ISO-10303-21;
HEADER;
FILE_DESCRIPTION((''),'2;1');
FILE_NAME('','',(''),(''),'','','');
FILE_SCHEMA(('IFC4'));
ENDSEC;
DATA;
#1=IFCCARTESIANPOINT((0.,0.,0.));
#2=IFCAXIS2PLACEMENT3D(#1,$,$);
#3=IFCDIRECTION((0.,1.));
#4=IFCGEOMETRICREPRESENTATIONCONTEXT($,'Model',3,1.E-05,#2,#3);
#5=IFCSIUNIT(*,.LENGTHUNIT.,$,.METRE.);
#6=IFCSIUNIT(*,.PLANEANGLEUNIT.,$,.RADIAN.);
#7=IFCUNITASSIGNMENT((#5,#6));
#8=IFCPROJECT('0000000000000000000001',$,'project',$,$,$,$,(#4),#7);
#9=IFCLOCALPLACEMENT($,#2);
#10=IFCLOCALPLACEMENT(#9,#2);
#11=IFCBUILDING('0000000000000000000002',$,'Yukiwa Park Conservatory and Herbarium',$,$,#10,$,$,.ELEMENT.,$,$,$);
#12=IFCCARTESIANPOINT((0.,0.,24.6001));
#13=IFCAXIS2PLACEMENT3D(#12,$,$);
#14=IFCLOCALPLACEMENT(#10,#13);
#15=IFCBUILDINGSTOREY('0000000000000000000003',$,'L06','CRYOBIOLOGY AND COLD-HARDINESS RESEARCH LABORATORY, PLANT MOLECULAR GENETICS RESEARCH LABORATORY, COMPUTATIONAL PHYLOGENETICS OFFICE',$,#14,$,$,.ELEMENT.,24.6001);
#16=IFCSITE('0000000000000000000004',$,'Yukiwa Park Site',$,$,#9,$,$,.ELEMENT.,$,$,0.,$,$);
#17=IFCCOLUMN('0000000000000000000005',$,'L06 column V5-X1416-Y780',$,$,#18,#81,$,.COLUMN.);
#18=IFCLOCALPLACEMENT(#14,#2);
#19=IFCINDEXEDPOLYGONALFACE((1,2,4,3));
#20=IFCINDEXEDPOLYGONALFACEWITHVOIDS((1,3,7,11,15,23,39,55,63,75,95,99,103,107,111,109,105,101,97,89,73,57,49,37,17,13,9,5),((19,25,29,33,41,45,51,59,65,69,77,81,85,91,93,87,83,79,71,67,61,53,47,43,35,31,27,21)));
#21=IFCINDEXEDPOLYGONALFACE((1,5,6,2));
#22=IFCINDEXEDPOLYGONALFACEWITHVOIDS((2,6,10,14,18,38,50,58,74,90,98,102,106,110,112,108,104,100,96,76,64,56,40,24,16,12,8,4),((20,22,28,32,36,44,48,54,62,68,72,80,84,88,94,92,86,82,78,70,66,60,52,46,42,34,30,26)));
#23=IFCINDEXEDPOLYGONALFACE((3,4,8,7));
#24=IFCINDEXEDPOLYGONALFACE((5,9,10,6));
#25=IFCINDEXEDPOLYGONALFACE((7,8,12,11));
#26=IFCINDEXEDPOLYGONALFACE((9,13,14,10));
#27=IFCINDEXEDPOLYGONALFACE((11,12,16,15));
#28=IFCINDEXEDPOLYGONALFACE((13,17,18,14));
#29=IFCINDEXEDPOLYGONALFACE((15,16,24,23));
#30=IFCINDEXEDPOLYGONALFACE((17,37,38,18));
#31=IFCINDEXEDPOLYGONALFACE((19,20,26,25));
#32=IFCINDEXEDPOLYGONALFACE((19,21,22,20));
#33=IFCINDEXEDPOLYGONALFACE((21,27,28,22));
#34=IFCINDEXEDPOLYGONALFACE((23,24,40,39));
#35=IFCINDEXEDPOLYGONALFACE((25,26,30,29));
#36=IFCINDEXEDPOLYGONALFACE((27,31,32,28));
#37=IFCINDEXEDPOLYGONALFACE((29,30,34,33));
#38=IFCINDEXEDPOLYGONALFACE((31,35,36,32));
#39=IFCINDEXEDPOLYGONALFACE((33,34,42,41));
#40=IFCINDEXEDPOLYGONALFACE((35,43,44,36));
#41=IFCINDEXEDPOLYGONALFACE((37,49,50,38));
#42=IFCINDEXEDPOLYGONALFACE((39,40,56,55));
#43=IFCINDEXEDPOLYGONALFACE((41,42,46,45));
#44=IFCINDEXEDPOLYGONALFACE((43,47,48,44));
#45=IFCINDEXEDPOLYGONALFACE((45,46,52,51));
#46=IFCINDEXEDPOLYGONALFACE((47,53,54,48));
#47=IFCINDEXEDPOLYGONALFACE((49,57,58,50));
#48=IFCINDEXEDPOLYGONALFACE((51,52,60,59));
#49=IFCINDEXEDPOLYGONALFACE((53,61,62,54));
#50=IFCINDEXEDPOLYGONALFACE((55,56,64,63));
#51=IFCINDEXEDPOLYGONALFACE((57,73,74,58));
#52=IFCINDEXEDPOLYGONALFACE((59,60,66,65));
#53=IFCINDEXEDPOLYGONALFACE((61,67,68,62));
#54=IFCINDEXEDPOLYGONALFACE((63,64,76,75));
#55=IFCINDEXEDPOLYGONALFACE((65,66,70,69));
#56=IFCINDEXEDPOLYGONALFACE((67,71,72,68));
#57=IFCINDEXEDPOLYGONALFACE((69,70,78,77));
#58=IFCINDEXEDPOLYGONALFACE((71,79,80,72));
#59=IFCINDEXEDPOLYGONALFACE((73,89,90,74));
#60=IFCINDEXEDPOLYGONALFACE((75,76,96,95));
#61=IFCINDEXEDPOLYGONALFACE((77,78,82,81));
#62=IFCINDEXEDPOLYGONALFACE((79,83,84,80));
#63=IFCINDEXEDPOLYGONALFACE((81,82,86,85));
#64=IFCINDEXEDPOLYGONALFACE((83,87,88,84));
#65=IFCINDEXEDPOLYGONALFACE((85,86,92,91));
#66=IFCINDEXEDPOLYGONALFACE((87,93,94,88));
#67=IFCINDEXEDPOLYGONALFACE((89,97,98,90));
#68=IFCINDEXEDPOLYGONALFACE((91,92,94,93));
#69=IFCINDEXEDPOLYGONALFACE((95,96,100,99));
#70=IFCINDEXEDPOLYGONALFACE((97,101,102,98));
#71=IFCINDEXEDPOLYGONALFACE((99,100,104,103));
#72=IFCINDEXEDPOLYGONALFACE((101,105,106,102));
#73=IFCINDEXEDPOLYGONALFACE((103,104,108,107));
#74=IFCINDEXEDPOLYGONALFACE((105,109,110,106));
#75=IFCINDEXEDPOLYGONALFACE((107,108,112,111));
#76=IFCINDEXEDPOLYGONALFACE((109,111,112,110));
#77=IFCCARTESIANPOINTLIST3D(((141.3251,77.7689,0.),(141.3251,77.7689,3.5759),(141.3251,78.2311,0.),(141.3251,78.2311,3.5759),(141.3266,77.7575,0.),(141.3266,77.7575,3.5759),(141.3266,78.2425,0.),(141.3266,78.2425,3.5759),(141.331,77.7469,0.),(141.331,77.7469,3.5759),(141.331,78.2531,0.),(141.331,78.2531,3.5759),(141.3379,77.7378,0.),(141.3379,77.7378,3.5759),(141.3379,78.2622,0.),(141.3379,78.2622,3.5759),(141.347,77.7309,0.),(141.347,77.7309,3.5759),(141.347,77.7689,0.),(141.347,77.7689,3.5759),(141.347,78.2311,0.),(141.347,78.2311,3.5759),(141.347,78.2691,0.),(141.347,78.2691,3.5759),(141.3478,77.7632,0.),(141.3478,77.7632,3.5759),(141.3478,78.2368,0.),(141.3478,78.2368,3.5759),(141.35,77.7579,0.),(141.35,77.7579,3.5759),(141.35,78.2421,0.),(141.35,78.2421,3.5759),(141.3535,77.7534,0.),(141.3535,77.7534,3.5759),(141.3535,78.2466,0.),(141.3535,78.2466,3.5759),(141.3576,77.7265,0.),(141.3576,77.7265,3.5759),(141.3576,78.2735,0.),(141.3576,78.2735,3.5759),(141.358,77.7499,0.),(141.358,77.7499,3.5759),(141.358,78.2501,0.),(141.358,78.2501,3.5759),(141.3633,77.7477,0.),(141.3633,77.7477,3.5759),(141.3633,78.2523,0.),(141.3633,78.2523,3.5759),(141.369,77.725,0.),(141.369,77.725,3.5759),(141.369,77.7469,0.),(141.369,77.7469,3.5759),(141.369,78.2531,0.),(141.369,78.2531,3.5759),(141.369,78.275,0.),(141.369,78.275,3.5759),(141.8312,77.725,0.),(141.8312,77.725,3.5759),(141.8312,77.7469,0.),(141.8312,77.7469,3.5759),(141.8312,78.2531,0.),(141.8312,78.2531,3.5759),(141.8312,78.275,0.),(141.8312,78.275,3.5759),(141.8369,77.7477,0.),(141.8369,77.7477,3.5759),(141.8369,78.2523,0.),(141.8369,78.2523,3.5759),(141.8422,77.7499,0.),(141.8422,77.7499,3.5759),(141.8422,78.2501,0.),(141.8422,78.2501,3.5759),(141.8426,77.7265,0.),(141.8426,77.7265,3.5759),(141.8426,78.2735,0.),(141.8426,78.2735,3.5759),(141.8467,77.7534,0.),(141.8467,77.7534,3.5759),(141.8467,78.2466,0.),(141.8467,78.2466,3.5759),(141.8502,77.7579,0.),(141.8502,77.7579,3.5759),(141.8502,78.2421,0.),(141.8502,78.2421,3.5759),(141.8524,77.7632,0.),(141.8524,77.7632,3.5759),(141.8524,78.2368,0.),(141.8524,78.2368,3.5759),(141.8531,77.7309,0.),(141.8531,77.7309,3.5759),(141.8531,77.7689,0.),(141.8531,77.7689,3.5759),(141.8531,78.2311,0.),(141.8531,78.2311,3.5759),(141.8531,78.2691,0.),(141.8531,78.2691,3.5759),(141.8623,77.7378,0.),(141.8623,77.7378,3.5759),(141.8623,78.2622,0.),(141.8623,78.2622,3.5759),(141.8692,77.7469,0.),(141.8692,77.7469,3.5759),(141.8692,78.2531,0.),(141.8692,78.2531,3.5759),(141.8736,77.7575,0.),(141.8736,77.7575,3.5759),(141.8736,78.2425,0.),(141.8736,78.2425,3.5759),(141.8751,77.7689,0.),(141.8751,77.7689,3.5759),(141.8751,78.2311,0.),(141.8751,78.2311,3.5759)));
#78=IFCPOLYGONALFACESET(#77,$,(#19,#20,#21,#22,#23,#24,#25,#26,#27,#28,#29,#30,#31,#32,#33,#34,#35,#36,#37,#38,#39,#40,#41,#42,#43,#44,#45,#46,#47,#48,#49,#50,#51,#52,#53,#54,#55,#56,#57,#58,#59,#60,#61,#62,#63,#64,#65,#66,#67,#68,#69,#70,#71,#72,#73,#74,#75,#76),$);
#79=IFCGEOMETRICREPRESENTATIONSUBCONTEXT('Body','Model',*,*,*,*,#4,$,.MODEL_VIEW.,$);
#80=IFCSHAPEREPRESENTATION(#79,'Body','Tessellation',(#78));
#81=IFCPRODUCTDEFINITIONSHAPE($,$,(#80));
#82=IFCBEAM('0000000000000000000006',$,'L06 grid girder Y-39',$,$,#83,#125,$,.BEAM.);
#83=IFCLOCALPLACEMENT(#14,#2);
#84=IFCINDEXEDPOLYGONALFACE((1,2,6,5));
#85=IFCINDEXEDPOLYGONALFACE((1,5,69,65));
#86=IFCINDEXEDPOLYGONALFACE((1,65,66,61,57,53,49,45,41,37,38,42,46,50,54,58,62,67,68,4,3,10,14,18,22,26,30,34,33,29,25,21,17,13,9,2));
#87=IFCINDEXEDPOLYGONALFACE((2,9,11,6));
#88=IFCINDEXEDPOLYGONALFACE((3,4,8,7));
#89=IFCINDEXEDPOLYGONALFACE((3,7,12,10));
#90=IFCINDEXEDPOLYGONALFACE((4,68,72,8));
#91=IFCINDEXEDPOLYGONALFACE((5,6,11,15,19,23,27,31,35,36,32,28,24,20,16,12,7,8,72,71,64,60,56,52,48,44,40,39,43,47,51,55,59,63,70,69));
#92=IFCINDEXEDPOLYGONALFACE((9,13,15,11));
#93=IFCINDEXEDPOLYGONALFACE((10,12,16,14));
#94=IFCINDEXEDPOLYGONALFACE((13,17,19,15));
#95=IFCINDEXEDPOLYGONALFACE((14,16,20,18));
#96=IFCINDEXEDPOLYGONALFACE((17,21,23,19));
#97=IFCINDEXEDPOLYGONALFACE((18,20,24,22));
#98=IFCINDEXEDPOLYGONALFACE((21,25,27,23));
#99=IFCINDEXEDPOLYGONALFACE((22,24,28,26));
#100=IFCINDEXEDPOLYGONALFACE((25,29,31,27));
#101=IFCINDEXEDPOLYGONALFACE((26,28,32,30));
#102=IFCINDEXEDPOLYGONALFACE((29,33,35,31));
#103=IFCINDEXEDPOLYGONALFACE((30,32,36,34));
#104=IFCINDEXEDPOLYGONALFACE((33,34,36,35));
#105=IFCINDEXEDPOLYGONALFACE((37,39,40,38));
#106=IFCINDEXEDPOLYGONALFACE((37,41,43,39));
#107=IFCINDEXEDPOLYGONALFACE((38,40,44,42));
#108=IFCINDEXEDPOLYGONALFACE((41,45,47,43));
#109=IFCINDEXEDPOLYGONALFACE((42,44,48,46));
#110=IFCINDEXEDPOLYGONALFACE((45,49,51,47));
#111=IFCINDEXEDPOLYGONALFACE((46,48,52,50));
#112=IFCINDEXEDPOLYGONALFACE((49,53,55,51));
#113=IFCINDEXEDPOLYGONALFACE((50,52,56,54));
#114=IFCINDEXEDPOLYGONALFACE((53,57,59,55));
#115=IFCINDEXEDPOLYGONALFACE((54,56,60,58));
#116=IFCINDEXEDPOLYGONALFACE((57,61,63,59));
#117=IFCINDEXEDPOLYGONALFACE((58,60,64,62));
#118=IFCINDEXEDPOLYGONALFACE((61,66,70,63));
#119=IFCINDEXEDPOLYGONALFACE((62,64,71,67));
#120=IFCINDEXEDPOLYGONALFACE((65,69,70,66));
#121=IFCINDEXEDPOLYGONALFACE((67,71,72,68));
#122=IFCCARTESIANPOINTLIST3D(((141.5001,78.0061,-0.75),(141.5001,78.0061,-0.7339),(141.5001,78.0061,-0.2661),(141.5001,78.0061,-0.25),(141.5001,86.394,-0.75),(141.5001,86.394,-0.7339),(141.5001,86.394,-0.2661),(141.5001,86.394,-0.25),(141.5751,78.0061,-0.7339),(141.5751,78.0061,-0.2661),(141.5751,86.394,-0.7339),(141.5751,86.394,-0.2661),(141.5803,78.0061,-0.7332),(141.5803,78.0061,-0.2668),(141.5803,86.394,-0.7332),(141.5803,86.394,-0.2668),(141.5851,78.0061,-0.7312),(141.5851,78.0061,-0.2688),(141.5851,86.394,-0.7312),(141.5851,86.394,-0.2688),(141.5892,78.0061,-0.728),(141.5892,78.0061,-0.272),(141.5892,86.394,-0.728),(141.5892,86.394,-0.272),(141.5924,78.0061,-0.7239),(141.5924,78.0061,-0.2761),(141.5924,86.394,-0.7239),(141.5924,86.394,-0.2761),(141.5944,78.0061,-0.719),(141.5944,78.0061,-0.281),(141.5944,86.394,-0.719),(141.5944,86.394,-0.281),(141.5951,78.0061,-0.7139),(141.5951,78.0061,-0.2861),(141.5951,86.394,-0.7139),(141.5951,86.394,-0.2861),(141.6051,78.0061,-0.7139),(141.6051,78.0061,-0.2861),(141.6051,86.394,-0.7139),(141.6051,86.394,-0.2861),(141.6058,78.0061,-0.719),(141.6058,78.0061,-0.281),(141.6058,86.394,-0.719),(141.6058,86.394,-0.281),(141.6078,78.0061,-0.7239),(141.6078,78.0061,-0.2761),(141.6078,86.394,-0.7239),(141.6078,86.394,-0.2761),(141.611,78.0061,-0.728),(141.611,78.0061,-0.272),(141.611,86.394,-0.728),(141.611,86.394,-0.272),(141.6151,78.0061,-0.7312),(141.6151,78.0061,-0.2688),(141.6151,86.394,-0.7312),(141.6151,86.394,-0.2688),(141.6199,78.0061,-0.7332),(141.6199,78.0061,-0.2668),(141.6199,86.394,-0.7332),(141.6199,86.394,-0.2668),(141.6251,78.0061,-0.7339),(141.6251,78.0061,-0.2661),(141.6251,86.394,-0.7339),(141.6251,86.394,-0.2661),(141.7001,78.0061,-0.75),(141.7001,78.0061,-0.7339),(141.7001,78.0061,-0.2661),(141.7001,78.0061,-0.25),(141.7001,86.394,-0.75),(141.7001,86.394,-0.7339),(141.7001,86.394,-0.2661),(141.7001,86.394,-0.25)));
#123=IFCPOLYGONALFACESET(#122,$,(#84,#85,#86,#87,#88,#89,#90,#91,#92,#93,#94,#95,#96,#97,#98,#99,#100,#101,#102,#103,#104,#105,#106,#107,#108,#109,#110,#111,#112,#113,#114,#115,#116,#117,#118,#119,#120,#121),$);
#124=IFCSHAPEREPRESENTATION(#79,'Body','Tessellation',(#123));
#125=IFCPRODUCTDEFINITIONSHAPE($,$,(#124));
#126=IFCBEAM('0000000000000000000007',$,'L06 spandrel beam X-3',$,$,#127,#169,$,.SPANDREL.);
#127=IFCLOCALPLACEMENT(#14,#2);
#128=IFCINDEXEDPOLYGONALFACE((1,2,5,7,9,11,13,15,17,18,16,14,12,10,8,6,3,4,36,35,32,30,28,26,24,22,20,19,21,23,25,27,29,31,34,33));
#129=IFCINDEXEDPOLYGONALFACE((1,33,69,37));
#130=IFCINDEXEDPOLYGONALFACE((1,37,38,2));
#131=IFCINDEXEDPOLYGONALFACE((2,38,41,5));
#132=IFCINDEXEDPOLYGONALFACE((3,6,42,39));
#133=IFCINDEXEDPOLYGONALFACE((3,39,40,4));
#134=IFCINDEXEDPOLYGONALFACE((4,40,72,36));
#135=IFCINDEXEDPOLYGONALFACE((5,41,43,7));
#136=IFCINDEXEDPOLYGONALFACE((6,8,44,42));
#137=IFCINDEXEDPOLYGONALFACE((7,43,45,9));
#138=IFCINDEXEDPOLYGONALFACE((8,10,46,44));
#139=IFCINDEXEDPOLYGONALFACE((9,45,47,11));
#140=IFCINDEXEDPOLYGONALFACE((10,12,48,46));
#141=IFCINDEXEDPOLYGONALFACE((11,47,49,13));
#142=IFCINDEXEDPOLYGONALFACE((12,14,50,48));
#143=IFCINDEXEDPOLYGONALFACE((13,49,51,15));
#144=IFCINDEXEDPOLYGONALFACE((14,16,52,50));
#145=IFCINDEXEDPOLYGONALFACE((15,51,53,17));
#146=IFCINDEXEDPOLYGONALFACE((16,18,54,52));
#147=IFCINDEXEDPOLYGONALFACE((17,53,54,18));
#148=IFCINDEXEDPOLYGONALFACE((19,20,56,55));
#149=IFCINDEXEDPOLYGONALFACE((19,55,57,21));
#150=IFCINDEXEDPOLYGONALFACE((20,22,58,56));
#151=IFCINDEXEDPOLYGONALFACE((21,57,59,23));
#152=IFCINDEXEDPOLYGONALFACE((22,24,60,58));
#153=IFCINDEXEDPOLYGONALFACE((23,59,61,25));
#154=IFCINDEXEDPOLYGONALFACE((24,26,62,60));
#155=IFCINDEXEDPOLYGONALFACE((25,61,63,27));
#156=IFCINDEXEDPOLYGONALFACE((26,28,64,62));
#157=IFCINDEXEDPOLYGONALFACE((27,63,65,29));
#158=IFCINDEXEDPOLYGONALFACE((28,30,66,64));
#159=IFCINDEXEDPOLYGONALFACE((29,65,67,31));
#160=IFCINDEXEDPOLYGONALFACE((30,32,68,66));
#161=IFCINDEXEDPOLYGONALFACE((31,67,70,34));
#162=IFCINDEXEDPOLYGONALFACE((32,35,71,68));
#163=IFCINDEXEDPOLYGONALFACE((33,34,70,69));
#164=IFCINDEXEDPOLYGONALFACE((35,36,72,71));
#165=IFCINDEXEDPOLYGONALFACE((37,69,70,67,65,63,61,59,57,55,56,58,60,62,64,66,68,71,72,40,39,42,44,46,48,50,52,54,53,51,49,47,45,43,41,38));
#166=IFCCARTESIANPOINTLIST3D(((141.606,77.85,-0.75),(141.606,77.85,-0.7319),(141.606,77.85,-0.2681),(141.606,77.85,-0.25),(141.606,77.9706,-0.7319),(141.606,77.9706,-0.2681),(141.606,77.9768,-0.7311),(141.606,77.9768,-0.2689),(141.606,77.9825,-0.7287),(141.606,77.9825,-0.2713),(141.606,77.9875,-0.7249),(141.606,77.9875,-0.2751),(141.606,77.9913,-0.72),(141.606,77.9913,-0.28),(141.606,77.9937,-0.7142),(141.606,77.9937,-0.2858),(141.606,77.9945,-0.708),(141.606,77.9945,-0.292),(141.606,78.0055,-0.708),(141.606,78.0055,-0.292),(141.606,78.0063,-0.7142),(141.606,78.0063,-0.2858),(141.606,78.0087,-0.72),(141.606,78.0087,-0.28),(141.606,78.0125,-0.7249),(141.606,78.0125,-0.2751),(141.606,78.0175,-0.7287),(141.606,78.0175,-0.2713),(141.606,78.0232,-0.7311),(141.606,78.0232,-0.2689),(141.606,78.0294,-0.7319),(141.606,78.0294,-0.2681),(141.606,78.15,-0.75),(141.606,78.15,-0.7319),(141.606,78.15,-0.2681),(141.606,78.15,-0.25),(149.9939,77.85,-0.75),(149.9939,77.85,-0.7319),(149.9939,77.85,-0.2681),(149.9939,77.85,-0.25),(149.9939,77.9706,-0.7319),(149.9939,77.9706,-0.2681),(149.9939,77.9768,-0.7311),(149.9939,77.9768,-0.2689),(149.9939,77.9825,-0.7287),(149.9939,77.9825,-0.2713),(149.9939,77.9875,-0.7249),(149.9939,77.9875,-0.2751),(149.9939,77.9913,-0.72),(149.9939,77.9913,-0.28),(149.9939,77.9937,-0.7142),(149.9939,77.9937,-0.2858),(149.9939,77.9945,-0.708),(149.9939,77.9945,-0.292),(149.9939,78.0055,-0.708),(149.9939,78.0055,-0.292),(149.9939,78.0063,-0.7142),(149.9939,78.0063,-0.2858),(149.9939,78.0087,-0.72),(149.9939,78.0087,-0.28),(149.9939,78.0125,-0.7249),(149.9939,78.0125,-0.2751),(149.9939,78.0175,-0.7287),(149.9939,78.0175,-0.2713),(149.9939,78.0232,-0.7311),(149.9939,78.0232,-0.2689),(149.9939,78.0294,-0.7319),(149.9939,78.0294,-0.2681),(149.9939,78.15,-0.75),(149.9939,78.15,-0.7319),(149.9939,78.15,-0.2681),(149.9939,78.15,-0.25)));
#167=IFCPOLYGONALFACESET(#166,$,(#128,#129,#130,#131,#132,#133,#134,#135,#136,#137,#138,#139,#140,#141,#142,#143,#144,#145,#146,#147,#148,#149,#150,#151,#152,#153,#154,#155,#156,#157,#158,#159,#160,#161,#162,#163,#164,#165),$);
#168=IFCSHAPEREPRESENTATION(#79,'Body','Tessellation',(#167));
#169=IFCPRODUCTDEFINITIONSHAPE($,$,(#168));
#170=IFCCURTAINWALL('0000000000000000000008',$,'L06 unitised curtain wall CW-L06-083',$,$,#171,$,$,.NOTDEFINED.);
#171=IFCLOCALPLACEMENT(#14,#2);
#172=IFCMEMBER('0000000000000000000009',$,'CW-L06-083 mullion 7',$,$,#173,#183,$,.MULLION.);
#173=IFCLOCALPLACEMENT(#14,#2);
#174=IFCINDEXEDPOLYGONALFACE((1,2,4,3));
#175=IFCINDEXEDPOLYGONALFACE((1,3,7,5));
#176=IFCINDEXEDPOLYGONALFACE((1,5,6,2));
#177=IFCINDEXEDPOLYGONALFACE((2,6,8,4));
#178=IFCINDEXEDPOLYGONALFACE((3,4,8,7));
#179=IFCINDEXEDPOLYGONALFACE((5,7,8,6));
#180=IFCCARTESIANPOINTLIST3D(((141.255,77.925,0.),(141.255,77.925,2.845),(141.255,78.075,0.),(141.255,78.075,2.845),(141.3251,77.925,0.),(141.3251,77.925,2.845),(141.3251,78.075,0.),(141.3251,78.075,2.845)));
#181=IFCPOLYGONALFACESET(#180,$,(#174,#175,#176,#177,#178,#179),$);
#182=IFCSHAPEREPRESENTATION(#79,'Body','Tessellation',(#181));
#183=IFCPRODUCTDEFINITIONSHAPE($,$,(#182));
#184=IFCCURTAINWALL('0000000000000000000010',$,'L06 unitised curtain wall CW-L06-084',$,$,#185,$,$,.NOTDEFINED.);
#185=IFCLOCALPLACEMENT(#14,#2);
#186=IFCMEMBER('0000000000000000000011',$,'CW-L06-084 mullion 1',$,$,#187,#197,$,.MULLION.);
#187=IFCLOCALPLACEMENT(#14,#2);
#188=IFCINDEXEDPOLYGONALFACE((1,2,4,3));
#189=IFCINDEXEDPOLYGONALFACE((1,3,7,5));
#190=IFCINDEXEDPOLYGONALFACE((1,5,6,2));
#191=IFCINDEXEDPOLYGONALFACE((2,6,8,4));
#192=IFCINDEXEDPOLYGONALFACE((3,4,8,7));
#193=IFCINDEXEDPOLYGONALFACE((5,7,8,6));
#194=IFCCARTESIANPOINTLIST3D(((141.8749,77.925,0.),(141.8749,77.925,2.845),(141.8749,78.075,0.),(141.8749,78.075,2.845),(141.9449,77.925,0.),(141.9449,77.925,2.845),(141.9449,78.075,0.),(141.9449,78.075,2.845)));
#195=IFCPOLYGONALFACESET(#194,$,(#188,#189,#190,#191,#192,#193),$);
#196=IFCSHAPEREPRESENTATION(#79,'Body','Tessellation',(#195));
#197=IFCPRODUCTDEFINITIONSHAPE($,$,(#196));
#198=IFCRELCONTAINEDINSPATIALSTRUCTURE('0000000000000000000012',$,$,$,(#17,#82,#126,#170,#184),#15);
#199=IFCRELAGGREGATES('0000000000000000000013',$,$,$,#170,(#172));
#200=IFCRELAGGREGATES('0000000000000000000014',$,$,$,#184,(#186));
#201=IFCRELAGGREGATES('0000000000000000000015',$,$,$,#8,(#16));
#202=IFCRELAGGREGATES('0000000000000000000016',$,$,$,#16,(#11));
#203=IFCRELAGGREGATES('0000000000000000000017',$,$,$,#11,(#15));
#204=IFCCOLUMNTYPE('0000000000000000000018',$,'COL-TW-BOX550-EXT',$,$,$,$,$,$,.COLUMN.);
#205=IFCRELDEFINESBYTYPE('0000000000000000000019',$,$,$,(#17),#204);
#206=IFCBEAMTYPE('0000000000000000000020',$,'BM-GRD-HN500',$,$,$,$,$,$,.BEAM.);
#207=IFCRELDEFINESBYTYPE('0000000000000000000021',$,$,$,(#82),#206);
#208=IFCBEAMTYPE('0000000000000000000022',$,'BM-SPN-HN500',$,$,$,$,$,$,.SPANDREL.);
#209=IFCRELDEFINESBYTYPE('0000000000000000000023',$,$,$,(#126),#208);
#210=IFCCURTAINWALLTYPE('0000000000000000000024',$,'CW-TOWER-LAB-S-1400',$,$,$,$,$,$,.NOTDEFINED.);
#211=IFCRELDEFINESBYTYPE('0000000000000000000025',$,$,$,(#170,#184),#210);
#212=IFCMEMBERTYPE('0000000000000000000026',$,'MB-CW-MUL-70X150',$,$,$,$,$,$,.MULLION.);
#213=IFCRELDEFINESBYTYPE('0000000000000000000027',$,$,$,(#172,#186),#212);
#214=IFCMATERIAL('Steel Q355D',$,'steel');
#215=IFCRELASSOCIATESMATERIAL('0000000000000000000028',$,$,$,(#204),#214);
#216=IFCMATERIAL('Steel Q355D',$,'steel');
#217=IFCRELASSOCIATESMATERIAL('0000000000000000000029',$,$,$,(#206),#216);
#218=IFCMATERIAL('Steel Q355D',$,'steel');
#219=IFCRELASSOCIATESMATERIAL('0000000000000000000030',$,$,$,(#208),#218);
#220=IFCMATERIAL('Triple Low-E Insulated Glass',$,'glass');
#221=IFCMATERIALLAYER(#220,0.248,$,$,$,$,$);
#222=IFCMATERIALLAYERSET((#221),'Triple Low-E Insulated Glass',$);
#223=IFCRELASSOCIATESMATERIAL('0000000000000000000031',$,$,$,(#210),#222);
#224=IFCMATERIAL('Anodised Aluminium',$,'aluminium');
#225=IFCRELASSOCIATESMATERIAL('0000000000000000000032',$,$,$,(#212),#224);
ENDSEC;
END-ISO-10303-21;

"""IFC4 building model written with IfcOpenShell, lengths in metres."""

from ifc_helpers import new_model, si_unit, direction, frame, origin, origin_2d, place, context, subcontext, project, spatial, rectangle, hollow_rectangle, i_section, extrude, material, layer, layer_set, material_profile, profile_set, type_object, element, aggregate, save


model = new_model("IFC4")

# Units and contexts
model_context = context("Model", 3, precision=1e-05, world=origin(), true_north=direction((0.0, 1.0)))
body_context = subcontext(model_context, "Body", "Model", "MODEL_VIEW")
ifc_project = project(units=[si_unit("LENGTHUNIT", "METRE"), si_unit("PLANEANGLEUNIT", "RADIAN")], contexts=[model_context])

# Site, building, storey
site_placement = place(None, origin())
site = spatial("IfcSite", under=ifc_project, at=site_placement, Name="Yukiwa Park Site", CompositionType="ELEMENT", RefElevation=0.0)
building_placement = place(site_placement, origin())
building = spatial("IfcBuilding", under=site, at=building_placement, Name="Yukiwa Park Conservatory and Herbarium", CompositionType="ELEMENT")
storey_placement = place(building_placement, frame((0.0, 0.0, 24.6001)))
storey = spatial("IfcBuildingStorey", under=building, at=storey_placement, Name="L06", Description="CRYOBIOLOGY AND COLD-HARDINESS RESEARCH LABORATORY, PLANT MOLECULAR GENETICS RESEARCH LABORATORY, COMPUTATIONAL PHYLOGENETICS OFFICE", CompositionType="ELEMENT", Elevation=24.6001)

# Column
ifc_material_1 = material(Name="Steel Q355D", Category="steel")
ifc_material_profile_1 = material_profile(ifc_material_1, hollow_rectangle(XDim=0.55, YDim=0.55, WallThickness=0.022, InnerFilletRadius=0.022, OuterFilletRadius=0.0439, at=origin_2d()), Name="BOX 550x550x22")
ifc_profile_set_1 = profile_set([ifc_material_profile_1], Name="Steel Q355D")
column_type = type_object("IfcColumnType", Name="COL-TW-BOX550-EXT", PredefinedType="COLUMN", material=ifc_profile_set_1)
column_placement = place(storey_placement, frame((141.6001, 78.0, 0.0), z_axis=(0.0, 0.0, 1.0), x_axis=(1.0, 0.0, 0.0)))
element("IfcColumn", 1, at=column_placement, inside=storey, type_object=column_type, Name="L06 column V5-X1416-Y780", PredefinedType="COLUMN", context=body_context, shape_type="SweptSolid", body=[
    extrude(hollow_rectangle(XDim=0.55, YDim=0.55, WallThickness=0.022, InnerFilletRadius=0.022, OuterFilletRadius=0.0439, at=origin_2d()), origin(), (0.0, 0.0, 1.0), 3.5759),
])

# Beams
ifc_material_2 = material(Name="Steel Q355D", Category="steel")
ifc_material_profile_2 = material_profile(ifc_material_2, i_section(OverallWidth=0.2, OverallDepth=0.5, WebThickness=0.01, FlangeThickness=0.0161, FilletRadius=0.02, at=origin_2d()), Name="HN 500x200x10x16")
ifc_profile_set_2 = profile_set([ifc_material_profile_2], Name="Steel Q355D")
beam_type_1 = type_object("IfcBeamType", Name="BM-GRD-HN500", PredefinedType="BEAM", material=ifc_profile_set_2)
beam_1_placement = place(storey_placement, frame((141.6001, 78.0061, -0.5), z_axis=(0.0, 1.0, 0.0), x_axis=(-1.0, 0.0, 0.0)))
element("IfcBeam", 2, at=beam_1_placement, inside=storey, type_object=beam_type_1, Name="L06 grid girder Y-39", PredefinedType="BEAM", context=body_context, shape_type="SweptSolid", body=[
    extrude(i_section(OverallWidth=0.2, OverallDepth=0.5, WebThickness=0.01, FlangeThickness=0.0161, FilletRadius=0.02, at=origin_2d()), origin(), (0.0, 0.0, 1.0), 8.3879),
])
ifc_material_3 = material(Name="Steel Q355D", Category="steel")
ifc_material_profile_3 = material_profile(ifc_material_3, i_section(OverallWidth=0.3, OverallDepth=0.5, WebThickness=0.011, FlangeThickness=0.0181, FilletRadius=0.0239, at=origin_2d()), Name="HM 500x300x11x18")
ifc_profile_set_3 = profile_set([ifc_material_profile_3], Name="Steel Q355D")
beam_type_2 = type_object("IfcBeamType", Name="BM-SPN-HN500", PredefinedType="SPANDREL", material=ifc_profile_set_3)
beam_2_placement = place(storey_placement, frame((141.606, 78.0, -0.5), z_axis=(1.0, 0.0, 0.0), x_axis=(0.0, 1.0, 0.0)))
element("IfcBeam", 3, at=beam_2_placement, inside=storey, type_object=beam_type_2, Name="L06 spandrel beam X-3", PredefinedType="SPANDREL", context=body_context, shape_type="SweptSolid", body=[
    extrude(i_section(OverallWidth=0.3, OverallDepth=0.5, WebThickness=0.011, FlangeThickness=0.0181, FilletRadius=0.0239, at=origin_2d()), origin(), (0.0, 0.0, 1.0), 8.3879),
])

# Curtain wall, member
ifc_material_4 = material(Name="Triple Low-E Insulated Glass", Category="glass")
ifc_layer_1 = layer(ifc_material_4, 0.248)
ifc_layer_set_1 = layer_set([ifc_layer_1], Name="Triple Low-E Insulated Glass")
curtain_wall_type = type_object("IfcCurtainWallType", Name="CW-TOWER-LAB-S-1400", PredefinedType="NOTDEFINED", material=ifc_layer_set_1)
curtain_wall_1_placement = place(storey_placement, origin())
curtain_wall_1 = element("IfcCurtainWall", 4, at=curtain_wall_1_placement, inside=storey, type_object=curtain_wall_type, Name="L06 unitised curtain wall CW-L06-083", PredefinedType="NOTDEFINED")
ifc_material_5 = material(Name="Anodised Aluminium", Category="aluminium")
member_type_1 = type_object("IfcMemberType", Name="MB-CW-MUL-70X150", PredefinedType="MULLION", material=ifc_material_5)
member_1_placement = place(storey_placement, frame((141.29, 78.0, 0.0), z_axis=(0.0, 0.0, 1.0), x_axis=(1.0, 0.0, 0.0)))
member_1 = element("IfcMember", 5, at=member_1_placement, type_object=member_type_1, Name="CW-L06-083 mullion 7", PredefinedType="MULLION", context=body_context, shape_type="SweptSolid", body=[
    extrude(rectangle(XDim=0.0701, YDim=0.1499, at=origin_2d()), origin(), (0.0, 0.0, 1.0), 2.845),
])

# Curtain wall, member
curtain_wall_2_placement = place(storey_placement, origin())
curtain_wall_2 = element("IfcCurtainWall", 6, at=curtain_wall_2_placement, inside=storey, type_object=curtain_wall_type, Name="L06 unitised curtain wall CW-L06-084", PredefinedType="NOTDEFINED")
member_2_placement = place(storey_placement, frame((141.9099, 78.0, 0.0), z_axis=(0.0, 0.0, 1.0), x_axis=(1.0, 0.0, 0.0)))
member_2 = element("IfcMember", 7, at=member_2_placement, type_object=member_type_1, Name="CW-L06-084 mullion 1", PredefinedType="MULLION", context=body_context, shape_type="SweptSolid", body=[
    extrude(rectangle(XDim=0.0701, YDim=0.1499, at=origin_2d()), origin(), (0.0, 0.0, 1.0), 2.845),
])

aggregate(curtain_wall_1, [member_1])
aggregate(curtain_wall_2, [member_2])

save(model, "model.ifc")
